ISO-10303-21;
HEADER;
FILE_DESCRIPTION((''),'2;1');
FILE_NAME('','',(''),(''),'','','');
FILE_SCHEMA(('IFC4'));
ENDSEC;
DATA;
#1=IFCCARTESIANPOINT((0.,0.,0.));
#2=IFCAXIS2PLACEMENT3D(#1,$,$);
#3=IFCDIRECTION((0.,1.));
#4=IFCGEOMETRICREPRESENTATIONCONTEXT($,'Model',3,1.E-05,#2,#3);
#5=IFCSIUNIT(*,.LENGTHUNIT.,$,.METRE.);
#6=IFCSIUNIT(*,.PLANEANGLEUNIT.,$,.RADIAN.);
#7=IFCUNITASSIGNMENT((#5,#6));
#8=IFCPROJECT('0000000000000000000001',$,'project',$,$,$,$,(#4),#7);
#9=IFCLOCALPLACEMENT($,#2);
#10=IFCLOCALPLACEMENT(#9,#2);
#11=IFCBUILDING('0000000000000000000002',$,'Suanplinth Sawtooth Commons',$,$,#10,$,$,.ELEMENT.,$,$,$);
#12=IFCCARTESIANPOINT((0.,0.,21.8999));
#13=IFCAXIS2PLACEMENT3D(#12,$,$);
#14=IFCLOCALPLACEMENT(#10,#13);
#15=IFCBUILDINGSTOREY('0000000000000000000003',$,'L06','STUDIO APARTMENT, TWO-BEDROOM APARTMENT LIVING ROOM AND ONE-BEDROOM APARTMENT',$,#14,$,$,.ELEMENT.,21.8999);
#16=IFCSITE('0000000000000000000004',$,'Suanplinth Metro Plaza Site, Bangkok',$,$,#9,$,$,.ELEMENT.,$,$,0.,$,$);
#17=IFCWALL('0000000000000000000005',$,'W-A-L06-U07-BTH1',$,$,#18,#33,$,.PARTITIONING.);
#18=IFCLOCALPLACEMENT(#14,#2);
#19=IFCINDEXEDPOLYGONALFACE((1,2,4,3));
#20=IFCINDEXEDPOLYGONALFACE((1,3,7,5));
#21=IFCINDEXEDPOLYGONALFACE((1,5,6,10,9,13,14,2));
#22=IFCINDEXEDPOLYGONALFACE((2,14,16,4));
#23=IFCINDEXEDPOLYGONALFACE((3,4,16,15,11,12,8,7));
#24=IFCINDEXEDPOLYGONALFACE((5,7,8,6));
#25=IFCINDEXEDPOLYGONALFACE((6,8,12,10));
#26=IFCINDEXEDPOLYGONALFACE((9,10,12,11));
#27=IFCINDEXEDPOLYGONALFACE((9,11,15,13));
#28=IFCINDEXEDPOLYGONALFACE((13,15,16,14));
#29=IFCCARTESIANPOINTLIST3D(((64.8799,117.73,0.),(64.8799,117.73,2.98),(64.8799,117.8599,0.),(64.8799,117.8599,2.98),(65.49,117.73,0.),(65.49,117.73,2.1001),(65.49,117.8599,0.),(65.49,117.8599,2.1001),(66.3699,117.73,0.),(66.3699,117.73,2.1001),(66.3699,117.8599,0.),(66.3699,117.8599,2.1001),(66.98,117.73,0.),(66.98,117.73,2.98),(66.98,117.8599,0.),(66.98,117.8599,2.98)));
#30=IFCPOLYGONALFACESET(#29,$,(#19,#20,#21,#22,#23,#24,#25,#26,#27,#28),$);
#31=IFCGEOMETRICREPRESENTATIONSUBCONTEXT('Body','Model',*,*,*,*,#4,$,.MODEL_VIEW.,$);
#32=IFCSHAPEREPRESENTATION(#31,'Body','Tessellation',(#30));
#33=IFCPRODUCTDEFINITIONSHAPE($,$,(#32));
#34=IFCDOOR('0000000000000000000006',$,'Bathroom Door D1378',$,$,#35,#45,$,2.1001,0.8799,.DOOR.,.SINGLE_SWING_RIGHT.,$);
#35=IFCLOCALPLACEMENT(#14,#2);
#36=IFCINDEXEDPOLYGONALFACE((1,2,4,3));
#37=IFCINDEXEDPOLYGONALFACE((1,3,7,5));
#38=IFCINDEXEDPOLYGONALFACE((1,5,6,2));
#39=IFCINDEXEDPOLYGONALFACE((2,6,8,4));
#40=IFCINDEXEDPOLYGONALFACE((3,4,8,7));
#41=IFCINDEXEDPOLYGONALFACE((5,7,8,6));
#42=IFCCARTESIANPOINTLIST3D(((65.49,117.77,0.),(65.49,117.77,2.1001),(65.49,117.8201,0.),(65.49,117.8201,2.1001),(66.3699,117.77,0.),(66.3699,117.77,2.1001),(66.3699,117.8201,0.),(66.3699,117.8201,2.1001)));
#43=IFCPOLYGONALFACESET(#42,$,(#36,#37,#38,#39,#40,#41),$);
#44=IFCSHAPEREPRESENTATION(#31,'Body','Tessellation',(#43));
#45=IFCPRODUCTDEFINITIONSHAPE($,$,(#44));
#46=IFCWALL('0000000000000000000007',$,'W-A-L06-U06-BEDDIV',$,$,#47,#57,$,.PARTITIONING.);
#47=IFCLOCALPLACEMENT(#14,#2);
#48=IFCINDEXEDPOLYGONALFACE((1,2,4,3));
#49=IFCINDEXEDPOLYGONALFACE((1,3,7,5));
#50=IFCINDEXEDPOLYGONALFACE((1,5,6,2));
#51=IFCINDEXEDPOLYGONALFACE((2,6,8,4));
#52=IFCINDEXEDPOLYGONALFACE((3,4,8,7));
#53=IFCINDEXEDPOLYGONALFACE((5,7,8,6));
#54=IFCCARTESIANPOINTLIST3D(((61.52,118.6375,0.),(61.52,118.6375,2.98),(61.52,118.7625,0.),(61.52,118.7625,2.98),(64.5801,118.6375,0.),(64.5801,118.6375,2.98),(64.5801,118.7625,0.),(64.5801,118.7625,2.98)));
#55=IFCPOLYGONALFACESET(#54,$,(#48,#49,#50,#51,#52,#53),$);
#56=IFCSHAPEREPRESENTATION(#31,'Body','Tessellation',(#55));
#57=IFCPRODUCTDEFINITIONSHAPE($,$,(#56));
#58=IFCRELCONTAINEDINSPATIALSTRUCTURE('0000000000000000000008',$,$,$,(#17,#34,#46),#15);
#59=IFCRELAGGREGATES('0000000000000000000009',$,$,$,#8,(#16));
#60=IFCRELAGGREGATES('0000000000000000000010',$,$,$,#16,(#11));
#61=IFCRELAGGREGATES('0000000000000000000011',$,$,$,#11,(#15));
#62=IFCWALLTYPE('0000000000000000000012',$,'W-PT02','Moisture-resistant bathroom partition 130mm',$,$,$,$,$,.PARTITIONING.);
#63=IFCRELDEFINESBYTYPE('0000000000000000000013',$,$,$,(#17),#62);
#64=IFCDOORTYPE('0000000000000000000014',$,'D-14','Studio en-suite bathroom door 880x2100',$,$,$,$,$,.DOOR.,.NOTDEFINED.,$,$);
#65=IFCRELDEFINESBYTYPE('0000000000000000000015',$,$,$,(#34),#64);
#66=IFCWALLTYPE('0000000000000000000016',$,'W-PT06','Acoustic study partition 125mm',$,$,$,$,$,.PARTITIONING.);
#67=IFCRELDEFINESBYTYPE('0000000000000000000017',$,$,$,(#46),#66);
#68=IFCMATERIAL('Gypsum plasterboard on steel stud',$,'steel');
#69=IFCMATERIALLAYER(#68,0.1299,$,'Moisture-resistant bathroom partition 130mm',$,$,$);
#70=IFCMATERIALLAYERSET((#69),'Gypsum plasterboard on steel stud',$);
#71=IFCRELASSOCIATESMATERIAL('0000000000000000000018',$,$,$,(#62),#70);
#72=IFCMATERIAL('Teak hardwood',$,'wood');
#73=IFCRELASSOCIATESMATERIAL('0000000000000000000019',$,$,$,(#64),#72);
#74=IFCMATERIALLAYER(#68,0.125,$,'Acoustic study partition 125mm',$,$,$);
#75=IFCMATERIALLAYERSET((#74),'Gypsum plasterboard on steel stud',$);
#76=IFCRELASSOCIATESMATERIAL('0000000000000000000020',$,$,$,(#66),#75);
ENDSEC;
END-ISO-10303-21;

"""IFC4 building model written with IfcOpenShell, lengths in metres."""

from ifc_helpers import new_model, si_unit, direction, frame, frame_2d, origin, place, context, subcontext, project, spatial, rectangle, extrude, material, layer, layer_set, type_object, element, fill, save


model = new_model("IFC4")

# Units and contexts
model_context = context("Model", 3, precision=1e-05, world=origin(), true_north=direction((0.0, 1.0)))
body_context = subcontext(model_context, "Body", "Model", "MODEL_VIEW")
ifc_project = project(units=[si_unit("LENGTHUNIT", "METRE"), si_unit("PLANEANGLEUNIT", "RADIAN")], contexts=[model_context])

# Site, building, storey
site_placement = place(None, origin())
site = spatial("IfcSite", under=ifc_project, at=site_placement, Name="Suanplinth Metro Plaza Site, Bangkok", CompositionType="ELEMENT", RefElevation=0.0)
building_placement = place(site_placement, origin())
building = spatial("IfcBuilding", under=site, at=building_placement, Name="Suanplinth Sawtooth Commons", CompositionType="ELEMENT")
storey_placement = place(building_placement, frame((0.0, 0.0, 21.8999)))
storey = spatial("IfcBuildingStorey", under=building, at=storey_placement, Name="L06", Description="STUDIO APARTMENT, TWO-BEDROOM APARTMENT LIVING ROOM AND ONE-BEDROOM APARTMENT", CompositionType="ELEMENT", Elevation=21.8999)

# Wall, opening, door
ifc_material_1 = material(Name="Gypsum plasterboard on steel stud", Category="steel")
ifc_material_2 = material(Name="Teak hardwood", Category="wood")
ifc_layer_1 = layer(ifc_material_1, 0.1299, Name="Moisture-resistant bathroom partition 130mm")
ifc_layer_set_1 = layer_set([ifc_layer_1], Name="Gypsum plasterboard on steel stud")
wall_type_1 = type_object("IfcWallType", Name="W-PT02", Description="Moisture-resistant bathroom partition 130mm", PredefinedType="PARTITIONING", material=ifc_layer_set_1)
wall_1_placement = place(storey_placement, frame((64.8799, 117.7949, 0.0), z_axis=(0.0, 0.0, 1.0), x_axis=(1.0, 0.0, 0.0)))
wall_1 = element("IfcWall", 1, at=wall_1_placement, inside=storey, type_object=wall_type_1, Name="W-A-L06-U07-BTH1", PredefinedType="PARTITIONING", context=body_context, shape_type="SweptSolid", body=[
    extrude(rectangle(XDim=2.1001, YDim=0.1299, at=frame_2d((1.05, 0.0))), origin(), (0.0, 0.0, 1.0), 2.98),
])
opening_1_placement = place(wall_1_placement, frame((0.6101, 0.0, 0.0)))
opening_1 = element("IfcOpeningElement", 2, at=opening_1_placement, cuts=wall_1, PredefinedType="OPENING", context=body_context, shape_type="SweptSolid", body=[
    extrude(rectangle(XDim=0.8799, YDim=2.1001, at=frame_2d((0.4399, 1.05))), frame((0.0, 0.0798, 0.0), z_axis=(0.0, -1.0, 0.0), x_axis=(1.0, 0.0, 0.0)), (0.0, 0.0, 1.0), 0.1597),
])
door_type_1 = type_object("IfcDoorType", Name="D-14", Description="Studio en-suite bathroom door 880x2100", OperationType="NOTDEFINED", PredefinedType="DOOR", material=ifc_material_2)
door_1_placement = place(opening_1_placement, frame((0.8799, 0.0, 0.0), z_axis=(0.0, 0.0, 1.0), x_axis=(-1.0, 0.0, 0.0)))
door_1 = element("IfcDoor", 3, at=door_1_placement, inside=storey, type_object=door_type_1, Name="Bathroom Door D1378", OperationType="SINGLE_SWING_RIGHT", OverallHeight=2.1001, OverallWidth=0.8799, PredefinedType="DOOR", context=body_context, shape_type="SweptSolid", body=[
    extrude(rectangle(XDim=0.8799, YDim=2.1001, at=frame_2d((0.4399, 1.05))), frame((0.0, 0.0249, 0.0), z_axis=(0.0, -1.0, 0.0), x_axis=(1.0, 0.0, 0.0)), (0.0, 0.0, 1.0), 0.05),
])
fill(opening_1, door_1)

# Wall
ifc_layer_2 = layer(ifc_material_1, 0.125, Name="Acoustic study partition 125mm")
ifc_layer_set_2 = layer_set([ifc_layer_2], Name="Gypsum plasterboard on steel stud")
wall_type_2 = type_object("IfcWallType", Name="W-PT06", Description="Acoustic study partition 125mm", PredefinedType="PARTITIONING", material=ifc_layer_set_2)
wall_2_placement = place(storey_placement, frame((61.52, 118.7, 0.0), z_axis=(0.0, 0.0, 1.0), x_axis=(1.0, 0.0, 0.0)))
element("IfcWall", 4, at=wall_2_placement, inside=storey, type_object=wall_type_2, Name="W-A-L06-U06-BEDDIV", PredefinedType="PARTITIONING", context=body_context, shape_type="SweptSolid", body=[
    extrude(rectangle(XDim=3.0601, YDim=0.125, at=frame_2d((1.53, 0.0))), origin(), (0.0, 0.0, 1.0), 2.98),
])

save(model, "model.ifc")
